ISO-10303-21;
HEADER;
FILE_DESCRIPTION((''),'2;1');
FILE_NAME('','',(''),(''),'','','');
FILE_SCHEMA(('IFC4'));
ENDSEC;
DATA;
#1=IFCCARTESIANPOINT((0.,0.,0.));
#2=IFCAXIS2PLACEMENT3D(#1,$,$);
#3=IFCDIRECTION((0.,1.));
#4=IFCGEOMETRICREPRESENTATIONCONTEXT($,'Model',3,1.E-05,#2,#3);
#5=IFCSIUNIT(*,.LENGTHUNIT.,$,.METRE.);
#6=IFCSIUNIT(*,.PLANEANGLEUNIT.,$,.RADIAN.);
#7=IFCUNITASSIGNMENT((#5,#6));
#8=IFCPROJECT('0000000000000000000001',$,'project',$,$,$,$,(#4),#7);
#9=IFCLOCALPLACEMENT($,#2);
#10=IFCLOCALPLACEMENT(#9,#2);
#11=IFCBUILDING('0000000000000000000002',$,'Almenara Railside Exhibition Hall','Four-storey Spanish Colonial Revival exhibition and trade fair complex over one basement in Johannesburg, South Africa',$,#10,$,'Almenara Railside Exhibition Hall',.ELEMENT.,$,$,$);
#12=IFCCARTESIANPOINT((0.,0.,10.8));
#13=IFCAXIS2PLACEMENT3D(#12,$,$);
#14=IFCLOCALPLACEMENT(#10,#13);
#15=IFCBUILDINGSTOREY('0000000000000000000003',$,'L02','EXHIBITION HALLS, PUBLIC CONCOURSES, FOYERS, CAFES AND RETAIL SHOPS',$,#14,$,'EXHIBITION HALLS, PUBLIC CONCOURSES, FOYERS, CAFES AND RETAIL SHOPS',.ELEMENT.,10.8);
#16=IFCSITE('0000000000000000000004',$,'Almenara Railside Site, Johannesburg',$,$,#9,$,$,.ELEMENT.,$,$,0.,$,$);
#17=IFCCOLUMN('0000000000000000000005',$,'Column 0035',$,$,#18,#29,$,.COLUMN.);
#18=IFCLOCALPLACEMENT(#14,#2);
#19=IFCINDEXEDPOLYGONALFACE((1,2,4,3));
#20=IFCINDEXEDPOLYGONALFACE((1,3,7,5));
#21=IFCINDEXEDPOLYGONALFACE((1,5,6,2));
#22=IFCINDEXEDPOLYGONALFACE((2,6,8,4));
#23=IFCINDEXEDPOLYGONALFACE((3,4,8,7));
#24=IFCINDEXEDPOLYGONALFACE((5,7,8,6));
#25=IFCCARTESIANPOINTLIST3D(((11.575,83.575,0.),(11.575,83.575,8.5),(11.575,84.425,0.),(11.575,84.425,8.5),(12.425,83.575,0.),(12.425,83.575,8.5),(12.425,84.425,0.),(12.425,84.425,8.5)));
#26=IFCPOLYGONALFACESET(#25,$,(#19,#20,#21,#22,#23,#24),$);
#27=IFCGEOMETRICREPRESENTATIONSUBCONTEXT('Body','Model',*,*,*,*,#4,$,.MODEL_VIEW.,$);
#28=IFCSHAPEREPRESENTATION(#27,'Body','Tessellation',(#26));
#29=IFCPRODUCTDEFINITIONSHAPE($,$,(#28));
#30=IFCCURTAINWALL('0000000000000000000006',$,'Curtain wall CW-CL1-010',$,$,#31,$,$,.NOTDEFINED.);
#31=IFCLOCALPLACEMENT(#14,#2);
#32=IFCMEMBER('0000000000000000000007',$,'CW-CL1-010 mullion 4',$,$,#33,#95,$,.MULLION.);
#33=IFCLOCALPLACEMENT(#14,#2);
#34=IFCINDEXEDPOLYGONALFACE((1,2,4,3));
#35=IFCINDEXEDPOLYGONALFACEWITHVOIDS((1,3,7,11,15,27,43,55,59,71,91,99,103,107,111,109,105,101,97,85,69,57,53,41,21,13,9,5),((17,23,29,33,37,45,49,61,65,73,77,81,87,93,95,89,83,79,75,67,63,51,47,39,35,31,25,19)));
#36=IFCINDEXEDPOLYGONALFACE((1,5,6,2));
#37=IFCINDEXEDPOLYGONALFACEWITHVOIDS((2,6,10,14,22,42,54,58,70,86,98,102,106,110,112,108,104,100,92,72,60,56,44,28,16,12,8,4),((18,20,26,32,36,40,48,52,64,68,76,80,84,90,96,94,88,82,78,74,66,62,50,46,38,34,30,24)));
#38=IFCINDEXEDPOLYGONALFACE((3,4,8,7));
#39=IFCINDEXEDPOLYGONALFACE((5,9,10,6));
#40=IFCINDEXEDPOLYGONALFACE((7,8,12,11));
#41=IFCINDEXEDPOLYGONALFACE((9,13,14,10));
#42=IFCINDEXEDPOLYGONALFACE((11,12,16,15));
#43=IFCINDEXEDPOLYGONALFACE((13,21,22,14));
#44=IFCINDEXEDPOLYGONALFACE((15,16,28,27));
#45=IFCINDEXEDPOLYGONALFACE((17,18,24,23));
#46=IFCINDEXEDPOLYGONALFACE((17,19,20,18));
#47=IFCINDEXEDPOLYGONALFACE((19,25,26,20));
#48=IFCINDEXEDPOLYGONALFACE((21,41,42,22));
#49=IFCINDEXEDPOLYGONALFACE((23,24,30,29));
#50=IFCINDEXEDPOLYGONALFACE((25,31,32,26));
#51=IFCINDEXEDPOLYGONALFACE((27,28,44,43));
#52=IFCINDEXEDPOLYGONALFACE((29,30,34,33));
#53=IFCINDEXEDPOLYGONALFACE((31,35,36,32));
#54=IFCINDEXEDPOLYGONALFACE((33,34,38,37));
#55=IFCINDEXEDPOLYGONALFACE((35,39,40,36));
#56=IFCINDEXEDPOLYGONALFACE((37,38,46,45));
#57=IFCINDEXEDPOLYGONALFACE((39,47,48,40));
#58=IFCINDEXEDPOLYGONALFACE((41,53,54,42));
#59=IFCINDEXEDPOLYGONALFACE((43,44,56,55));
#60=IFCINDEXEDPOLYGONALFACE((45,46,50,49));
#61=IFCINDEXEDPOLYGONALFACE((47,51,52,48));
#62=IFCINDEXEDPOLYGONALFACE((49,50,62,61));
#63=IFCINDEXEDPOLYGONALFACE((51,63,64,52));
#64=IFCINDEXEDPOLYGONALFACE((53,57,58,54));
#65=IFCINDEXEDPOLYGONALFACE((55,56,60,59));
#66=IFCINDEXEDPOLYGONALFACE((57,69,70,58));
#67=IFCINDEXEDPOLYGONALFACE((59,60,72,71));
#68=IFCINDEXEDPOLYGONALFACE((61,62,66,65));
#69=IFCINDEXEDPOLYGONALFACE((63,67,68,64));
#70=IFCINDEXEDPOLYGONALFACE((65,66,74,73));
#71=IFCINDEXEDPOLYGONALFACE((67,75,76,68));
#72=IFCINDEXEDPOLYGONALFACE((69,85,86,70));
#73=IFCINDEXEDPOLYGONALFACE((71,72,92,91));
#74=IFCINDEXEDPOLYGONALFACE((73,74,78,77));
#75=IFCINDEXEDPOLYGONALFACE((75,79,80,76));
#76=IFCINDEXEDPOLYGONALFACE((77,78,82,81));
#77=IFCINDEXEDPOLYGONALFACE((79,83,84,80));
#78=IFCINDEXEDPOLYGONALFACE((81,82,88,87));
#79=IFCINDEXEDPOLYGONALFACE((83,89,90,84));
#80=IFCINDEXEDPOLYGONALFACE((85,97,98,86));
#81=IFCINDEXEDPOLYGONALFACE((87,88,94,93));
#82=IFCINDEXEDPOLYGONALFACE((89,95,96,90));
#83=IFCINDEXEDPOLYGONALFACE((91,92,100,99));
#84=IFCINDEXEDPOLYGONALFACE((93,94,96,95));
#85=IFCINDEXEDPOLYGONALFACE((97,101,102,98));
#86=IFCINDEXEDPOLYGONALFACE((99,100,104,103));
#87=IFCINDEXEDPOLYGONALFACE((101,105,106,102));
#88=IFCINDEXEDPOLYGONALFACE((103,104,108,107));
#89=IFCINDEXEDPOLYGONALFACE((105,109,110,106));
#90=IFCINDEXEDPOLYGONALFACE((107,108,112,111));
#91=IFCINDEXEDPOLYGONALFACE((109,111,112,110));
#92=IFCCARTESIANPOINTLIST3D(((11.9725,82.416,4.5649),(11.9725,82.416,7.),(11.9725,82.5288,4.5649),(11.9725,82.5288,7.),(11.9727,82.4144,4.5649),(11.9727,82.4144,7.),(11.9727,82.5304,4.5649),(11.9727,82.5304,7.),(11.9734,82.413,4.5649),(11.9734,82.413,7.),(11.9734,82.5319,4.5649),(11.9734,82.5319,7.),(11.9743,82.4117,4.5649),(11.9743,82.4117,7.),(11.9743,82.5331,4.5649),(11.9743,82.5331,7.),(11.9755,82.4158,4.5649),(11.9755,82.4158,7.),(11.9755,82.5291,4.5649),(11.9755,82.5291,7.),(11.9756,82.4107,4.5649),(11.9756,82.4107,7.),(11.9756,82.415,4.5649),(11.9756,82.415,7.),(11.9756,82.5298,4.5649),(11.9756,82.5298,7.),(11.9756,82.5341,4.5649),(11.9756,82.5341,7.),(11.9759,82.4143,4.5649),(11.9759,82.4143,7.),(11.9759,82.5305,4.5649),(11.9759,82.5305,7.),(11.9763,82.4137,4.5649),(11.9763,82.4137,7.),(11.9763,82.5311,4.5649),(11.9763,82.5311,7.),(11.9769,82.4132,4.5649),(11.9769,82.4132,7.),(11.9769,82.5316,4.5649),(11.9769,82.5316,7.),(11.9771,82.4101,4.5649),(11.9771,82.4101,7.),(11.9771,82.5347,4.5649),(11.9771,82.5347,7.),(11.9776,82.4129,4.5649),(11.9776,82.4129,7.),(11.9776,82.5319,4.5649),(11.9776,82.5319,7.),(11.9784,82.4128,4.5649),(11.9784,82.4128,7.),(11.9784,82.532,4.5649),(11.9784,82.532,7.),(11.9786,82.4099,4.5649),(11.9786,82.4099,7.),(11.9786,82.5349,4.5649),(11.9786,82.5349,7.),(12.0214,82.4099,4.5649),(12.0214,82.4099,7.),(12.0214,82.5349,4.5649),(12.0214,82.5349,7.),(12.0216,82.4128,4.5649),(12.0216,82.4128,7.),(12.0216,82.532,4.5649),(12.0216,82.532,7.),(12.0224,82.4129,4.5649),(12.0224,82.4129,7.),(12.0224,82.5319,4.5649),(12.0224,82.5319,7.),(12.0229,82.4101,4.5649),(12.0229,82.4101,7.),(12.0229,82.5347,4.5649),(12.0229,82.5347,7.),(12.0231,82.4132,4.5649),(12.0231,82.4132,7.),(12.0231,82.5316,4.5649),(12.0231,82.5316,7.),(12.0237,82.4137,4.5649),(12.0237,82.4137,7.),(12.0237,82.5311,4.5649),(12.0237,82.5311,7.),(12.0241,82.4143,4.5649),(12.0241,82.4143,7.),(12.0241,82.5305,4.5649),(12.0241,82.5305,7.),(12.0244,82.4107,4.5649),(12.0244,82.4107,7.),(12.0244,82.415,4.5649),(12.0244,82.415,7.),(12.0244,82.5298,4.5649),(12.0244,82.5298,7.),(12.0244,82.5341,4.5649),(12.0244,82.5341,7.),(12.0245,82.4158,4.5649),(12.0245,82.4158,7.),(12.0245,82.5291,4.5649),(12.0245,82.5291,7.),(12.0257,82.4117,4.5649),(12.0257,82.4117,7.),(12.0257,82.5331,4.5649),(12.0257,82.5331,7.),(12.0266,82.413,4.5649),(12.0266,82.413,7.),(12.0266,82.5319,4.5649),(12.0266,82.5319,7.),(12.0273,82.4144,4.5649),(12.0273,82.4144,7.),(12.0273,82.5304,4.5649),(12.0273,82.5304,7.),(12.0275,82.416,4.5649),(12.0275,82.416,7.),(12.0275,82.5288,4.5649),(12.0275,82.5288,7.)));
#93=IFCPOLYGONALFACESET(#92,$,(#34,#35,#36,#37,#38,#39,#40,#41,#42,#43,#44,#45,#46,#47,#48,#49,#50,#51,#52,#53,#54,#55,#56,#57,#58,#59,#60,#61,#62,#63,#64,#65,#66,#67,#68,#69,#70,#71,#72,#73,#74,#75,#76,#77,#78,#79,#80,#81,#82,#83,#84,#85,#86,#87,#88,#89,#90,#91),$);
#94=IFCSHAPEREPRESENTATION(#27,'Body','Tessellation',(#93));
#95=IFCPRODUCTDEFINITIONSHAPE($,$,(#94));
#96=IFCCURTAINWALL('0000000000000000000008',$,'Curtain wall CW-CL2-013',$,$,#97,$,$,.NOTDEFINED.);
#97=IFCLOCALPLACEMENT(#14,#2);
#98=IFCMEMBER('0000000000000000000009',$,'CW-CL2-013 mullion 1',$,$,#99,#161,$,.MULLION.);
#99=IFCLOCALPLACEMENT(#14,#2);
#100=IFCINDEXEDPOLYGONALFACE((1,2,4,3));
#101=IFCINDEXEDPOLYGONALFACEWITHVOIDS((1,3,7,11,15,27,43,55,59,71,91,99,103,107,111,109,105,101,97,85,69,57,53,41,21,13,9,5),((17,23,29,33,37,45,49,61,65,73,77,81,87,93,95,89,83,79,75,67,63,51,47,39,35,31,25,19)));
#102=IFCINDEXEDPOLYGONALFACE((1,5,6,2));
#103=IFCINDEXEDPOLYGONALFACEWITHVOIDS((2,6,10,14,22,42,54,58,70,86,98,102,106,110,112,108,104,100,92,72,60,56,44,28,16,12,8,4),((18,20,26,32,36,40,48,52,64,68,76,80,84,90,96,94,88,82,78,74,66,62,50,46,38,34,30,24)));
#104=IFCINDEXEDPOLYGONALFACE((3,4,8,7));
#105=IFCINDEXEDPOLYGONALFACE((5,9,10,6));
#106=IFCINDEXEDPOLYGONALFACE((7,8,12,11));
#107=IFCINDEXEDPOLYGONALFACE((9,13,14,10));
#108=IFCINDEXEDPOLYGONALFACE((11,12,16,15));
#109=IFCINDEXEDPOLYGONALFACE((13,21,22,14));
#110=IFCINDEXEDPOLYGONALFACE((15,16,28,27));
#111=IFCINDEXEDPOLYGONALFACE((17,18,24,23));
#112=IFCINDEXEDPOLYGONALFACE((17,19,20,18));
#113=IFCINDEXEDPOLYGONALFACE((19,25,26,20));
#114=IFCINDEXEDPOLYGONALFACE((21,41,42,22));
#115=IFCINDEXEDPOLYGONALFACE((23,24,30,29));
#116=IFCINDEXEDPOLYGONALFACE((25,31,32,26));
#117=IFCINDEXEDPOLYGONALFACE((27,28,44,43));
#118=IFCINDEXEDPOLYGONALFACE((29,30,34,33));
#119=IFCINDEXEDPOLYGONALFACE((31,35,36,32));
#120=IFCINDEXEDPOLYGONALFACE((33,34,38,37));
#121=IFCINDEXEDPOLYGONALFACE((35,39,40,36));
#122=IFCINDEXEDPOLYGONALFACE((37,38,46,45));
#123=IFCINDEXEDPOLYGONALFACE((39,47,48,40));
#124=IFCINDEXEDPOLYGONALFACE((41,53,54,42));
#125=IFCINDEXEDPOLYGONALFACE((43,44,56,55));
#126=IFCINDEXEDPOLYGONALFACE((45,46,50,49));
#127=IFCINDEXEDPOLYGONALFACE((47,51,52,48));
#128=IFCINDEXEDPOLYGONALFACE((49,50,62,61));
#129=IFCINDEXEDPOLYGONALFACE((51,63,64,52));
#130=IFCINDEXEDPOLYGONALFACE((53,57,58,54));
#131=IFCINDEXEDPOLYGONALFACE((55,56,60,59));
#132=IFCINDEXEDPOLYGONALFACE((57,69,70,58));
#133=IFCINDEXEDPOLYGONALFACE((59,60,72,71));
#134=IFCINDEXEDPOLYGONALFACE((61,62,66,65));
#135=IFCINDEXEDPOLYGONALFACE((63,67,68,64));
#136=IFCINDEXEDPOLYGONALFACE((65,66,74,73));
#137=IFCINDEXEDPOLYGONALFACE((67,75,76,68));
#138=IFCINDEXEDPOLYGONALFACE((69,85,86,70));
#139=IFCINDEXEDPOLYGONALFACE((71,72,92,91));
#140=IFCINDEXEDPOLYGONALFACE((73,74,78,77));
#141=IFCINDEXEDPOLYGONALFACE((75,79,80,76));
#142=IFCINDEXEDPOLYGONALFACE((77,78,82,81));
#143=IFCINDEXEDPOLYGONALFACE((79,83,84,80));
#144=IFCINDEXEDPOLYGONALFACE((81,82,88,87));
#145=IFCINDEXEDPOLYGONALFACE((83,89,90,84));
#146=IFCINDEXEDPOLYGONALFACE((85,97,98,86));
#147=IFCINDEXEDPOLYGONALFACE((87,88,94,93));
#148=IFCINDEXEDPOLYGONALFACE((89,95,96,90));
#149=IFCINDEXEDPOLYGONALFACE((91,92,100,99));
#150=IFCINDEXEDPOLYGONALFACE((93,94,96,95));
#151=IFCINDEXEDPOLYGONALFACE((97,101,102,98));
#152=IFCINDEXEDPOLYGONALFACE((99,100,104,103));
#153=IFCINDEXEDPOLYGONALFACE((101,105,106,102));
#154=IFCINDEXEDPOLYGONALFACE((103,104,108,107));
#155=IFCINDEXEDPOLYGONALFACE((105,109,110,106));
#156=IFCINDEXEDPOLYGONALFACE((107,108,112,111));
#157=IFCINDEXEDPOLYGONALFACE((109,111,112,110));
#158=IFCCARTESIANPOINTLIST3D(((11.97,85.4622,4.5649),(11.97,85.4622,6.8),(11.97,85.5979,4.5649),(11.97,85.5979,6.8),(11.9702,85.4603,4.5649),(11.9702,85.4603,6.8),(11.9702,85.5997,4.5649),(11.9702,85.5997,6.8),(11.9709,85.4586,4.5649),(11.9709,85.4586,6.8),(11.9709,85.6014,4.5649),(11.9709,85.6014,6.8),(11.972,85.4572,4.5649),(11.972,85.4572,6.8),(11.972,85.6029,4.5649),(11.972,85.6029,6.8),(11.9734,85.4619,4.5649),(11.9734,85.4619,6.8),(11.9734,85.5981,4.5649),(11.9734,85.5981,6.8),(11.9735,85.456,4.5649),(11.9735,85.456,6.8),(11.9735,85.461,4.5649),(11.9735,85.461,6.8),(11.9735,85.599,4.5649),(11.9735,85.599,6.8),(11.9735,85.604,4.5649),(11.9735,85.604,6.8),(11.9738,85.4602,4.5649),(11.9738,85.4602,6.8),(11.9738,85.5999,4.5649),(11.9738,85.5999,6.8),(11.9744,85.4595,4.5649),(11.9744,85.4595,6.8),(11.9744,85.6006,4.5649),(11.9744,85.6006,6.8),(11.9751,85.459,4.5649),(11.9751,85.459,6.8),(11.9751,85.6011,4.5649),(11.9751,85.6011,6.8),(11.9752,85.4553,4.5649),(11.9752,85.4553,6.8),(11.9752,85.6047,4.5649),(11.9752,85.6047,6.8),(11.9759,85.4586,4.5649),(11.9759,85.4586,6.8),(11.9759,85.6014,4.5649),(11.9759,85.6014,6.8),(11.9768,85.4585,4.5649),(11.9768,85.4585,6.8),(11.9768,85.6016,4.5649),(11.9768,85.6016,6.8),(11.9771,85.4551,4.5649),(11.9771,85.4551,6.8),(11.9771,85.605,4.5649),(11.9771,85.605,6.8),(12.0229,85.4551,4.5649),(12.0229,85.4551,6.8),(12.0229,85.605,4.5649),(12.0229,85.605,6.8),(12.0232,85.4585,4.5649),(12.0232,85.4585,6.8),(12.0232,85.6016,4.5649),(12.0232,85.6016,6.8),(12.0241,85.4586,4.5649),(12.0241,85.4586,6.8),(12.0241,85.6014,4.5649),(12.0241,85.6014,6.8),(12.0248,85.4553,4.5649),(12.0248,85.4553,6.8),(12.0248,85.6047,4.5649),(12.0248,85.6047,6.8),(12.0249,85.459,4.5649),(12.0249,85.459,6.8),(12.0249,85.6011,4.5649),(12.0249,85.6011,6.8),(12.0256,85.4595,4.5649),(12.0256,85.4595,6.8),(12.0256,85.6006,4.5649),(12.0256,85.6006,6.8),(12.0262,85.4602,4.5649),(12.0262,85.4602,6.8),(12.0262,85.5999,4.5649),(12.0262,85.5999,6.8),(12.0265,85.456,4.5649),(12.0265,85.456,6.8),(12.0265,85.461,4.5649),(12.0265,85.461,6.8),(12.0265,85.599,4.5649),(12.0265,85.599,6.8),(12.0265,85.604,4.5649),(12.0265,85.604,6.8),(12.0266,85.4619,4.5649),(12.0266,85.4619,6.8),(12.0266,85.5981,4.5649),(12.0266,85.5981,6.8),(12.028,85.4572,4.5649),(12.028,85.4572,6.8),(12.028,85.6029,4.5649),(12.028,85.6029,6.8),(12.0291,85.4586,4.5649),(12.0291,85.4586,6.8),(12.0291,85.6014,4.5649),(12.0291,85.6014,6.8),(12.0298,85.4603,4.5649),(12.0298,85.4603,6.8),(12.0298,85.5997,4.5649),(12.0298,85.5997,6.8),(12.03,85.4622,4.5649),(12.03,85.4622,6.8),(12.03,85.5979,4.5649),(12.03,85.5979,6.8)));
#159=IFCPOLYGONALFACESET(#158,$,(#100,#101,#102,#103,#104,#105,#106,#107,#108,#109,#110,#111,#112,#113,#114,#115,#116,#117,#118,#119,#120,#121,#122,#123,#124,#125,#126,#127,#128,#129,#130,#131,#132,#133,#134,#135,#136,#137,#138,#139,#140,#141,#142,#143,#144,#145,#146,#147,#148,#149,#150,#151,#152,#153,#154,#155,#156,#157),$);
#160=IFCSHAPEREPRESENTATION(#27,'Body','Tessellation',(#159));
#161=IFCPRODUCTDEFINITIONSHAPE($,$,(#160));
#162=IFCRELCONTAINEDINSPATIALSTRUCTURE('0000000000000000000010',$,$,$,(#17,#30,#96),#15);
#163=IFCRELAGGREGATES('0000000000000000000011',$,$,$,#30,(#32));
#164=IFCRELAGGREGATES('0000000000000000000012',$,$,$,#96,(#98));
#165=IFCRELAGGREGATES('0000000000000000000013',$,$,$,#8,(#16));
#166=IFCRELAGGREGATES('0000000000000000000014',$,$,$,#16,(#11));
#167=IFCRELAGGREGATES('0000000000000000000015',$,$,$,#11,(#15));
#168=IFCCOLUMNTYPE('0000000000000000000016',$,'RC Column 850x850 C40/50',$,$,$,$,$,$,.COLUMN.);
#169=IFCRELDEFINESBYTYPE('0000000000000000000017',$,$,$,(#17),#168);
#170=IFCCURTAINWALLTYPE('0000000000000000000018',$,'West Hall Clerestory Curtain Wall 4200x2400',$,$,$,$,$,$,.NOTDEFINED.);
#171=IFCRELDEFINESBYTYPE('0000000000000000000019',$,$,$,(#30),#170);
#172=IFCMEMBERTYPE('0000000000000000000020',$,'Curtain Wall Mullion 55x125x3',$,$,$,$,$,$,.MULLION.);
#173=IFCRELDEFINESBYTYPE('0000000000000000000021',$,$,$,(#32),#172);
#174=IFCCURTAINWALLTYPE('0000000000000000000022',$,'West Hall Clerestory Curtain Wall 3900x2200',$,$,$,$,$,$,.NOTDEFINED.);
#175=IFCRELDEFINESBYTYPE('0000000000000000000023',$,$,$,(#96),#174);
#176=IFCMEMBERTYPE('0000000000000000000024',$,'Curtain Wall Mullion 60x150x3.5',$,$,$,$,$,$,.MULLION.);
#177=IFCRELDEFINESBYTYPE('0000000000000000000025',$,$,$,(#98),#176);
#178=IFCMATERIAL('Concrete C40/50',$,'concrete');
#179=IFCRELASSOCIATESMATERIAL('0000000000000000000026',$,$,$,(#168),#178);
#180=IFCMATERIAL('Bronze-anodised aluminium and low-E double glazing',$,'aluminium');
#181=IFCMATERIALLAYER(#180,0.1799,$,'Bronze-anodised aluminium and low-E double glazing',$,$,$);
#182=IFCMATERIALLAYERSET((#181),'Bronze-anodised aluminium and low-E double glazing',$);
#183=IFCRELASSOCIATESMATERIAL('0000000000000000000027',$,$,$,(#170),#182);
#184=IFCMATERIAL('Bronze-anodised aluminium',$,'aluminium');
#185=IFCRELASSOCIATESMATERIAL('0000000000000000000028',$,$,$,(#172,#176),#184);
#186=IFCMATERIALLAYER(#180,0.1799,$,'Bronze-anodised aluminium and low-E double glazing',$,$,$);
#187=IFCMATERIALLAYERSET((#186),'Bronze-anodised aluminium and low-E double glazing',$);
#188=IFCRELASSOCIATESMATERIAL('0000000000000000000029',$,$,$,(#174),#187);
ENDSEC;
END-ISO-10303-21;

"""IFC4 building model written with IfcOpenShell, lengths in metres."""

from ifc_helpers import new_model, si_unit, direction, frame, origin, origin_2d, place, context, subcontext, project, spatial, rectangle, hollow_rectangle, extrude, material, layer, layer_set, material_profile, profile_set, type_object, element, aggregate, save


model = new_model("IFC4")

# Units and contexts
model_context = context("Model", 3, precision=1e-05, world=origin(), true_north=direction((0.0, 1.0)))
body_context = subcontext(model_context, "Body", "Model", "MODEL_VIEW")
ifc_project = project(units=[si_unit("LENGTHUNIT", "METRE"), si_unit("PLANEANGLEUNIT", "RADIAN")], contexts=[model_context])

# Site, building, storey
site_placement = place(None, origin())
site = spatial("IfcSite", under=ifc_project, at=site_placement, Name="Almenara Railside Site, Johannesburg", CompositionType="ELEMENT", RefElevation=0.0)
building_placement = place(site_placement, origin())
building = spatial("IfcBuilding", under=site, at=building_placement, Name="Almenara Railside Exhibition Hall", Description="Four-storey Spanish Colonial Revival exhibition and trade fair complex over one basement in Johannesburg, South Africa", LongName="Almenara Railside Exhibition Hall", CompositionType="ELEMENT")
storey_placement = place(building_placement, frame((0.0, 0.0, 10.8)))
storey = spatial("IfcBuildingStorey", under=building, at=storey_placement, Name="L02", Description="EXHIBITION HALLS, PUBLIC CONCOURSES, FOYERS, CAFES AND RETAIL SHOPS", LongName="EXHIBITION HALLS, PUBLIC CONCOURSES, FOYERS, CAFES AND RETAIL SHOPS", CompositionType="ELEMENT", Elevation=10.8)

# Column
ifc_material_1 = material(Name="Concrete C40/50", Category="concrete")
ifc_material_profile_1 = material_profile(ifc_material_1, rectangle(XDim=0.8501, YDim=0.8501, at=origin_2d()), Name="RC 850x850")
ifc_profile_set_1 = profile_set([ifc_material_profile_1], Name="Concrete C40/50")
column_type = type_object("IfcColumnType", Name="RC Column 850x850 C40/50", PredefinedType="COLUMN", material=ifc_profile_set_1)
column_placement = place(storey_placement, frame((12.0, 84.0, 0.0), z_axis=(0.0, 0.0, 1.0), x_axis=(1.0, 0.0, 0.0)))
element("IfcColumn", 1, at=column_placement, inside=storey, type_object=column_type, Name="Column 0035", PredefinedType="COLUMN", context=body_context, shape_type="SweptSolid", body=[
    extrude(rectangle(XDim=0.8501, YDim=0.8501, at=origin_2d()), origin(), (0.0, 0.0, 1.0), 8.5),
])

# Curtain wall, member
ifc_material_2 = material(Name="Bronze-anodised aluminium and low-E double glazing", Category="aluminium")
ifc_layer_1 = layer(ifc_material_2, 0.1799, Name="Bronze-anodised aluminium and low-E double glazing")
ifc_layer_set_1 = layer_set([ifc_layer_1], Name="Bronze-anodised aluminium and low-E double glazing")
curtain_wall_type_1 = type_object("IfcCurtainWallType", Name="West Hall Clerestory Curtain Wall 4200x2400", PredefinedType="NOTDEFINED", material=ifc_layer_set_1)
curtain_wall_1_placement = place(storey_placement, origin())
curtain_wall_1 = element("IfcCurtainWall", 2, at=curtain_wall_1_placement, inside=storey, type_object=curtain_wall_type_1, Name="Curtain wall CW-CL1-010", PredefinedType="NOTDEFINED")
ifc_material_3 = material(Name="Bronze-anodised aluminium", Category="aluminium")
ifc_material_profile_2 = material_profile(ifc_material_3, hollow_rectangle(XDim=0.0549, YDim=0.125, WallThickness=0.0029, InnerFilletRadius=0.0029, OuterFilletRadius=0.0061, at=origin_2d()), Name="ALU-MUL 55x125x3")
ifc_profile_set_2 = profile_set([ifc_material_profile_2], Name="Bronze-anodised aluminium")
member_type_1 = type_object("IfcMemberType", Name="Curtain Wall Mullion 55x125x3", PredefinedType="MULLION", material=ifc_profile_set_2)
member_1_placement = place(storey_placement, frame((12.0, 82.4724, 4.5649), z_axis=(0.0, 0.0, 1.0), x_axis=(-1.0, 0.0, 0.0)))
member_1 = element("IfcMember", 3, at=member_1_placement, type_object=member_type_1, Name="CW-CL1-010 mullion 4", PredefinedType="MULLION", context=body_context, shape_type="SweptSolid", body=[
    extrude(hollow_rectangle(XDim=0.0549, YDim=0.125, WallThickness=0.0029, InnerFilletRadius=0.0029, OuterFilletRadius=0.0061, at=origin_2d()), origin(), (0.0, 0.0, 1.0), 2.4351),
])

# Curtain wall, member
ifc_layer_2 = layer(ifc_material_2, 0.1799, Name="Bronze-anodised aluminium and low-E double glazing")
ifc_layer_set_2 = layer_set([ifc_layer_2], Name="Bronze-anodised aluminium and low-E double glazing")
curtain_wall_type_2 = type_object("IfcCurtainWallType", Name="West Hall Clerestory Curtain Wall 3900x2200", PredefinedType="NOTDEFINED", material=ifc_layer_set_2)
curtain_wall_2_placement = place(storey_placement, origin())
curtain_wall_2 = element("IfcCurtainWall", 4, at=curtain_wall_2_placement, inside=storey, type_object=curtain_wall_type_2, Name="Curtain wall CW-CL2-013", PredefinedType="NOTDEFINED")
ifc_material_profile_3 = material_profile(ifc_material_3, hollow_rectangle(XDim=0.0601, YDim=0.1499, WallThickness=0.0034, InnerFilletRadius=0.0034, OuterFilletRadius=0.0071, at=origin_2d()), Name="ALU-MUL 60x150x3.5")
ifc_profile_set_3 = profile_set([ifc_material_profile_3], Name="Bronze-anodised aluminium")
member_type_2 = type_object("IfcMemberType", Name="Curtain Wall Mullion 60x150x3.5", PredefinedType="MULLION", material=ifc_profile_set_3)
member_2_placement = place(storey_placement, frame((12.0, 85.53, 4.5649), z_axis=(0.0, 0.0, 1.0), x_axis=(-1.0, 0.0, 0.0)))
member_2 = element("IfcMember", 5, at=member_2_placement, type_object=member_type_2, Name="CW-CL2-013 mullion 1", PredefinedType="MULLION", context=body_context, shape_type="SweptSolid", body=[
    extrude(hollow_rectangle(XDim=0.0601, YDim=0.1499, WallThickness=0.0034, InnerFilletRadius=0.0034, OuterFilletRadius=0.0071, at=origin_2d()), origin(), (0.0, 0.0, 1.0), 2.2351),
])

aggregate(curtain_wall_1, [member_1])
aggregate(curtain_wall_2, [member_2])

save(model, "model.ifc")
